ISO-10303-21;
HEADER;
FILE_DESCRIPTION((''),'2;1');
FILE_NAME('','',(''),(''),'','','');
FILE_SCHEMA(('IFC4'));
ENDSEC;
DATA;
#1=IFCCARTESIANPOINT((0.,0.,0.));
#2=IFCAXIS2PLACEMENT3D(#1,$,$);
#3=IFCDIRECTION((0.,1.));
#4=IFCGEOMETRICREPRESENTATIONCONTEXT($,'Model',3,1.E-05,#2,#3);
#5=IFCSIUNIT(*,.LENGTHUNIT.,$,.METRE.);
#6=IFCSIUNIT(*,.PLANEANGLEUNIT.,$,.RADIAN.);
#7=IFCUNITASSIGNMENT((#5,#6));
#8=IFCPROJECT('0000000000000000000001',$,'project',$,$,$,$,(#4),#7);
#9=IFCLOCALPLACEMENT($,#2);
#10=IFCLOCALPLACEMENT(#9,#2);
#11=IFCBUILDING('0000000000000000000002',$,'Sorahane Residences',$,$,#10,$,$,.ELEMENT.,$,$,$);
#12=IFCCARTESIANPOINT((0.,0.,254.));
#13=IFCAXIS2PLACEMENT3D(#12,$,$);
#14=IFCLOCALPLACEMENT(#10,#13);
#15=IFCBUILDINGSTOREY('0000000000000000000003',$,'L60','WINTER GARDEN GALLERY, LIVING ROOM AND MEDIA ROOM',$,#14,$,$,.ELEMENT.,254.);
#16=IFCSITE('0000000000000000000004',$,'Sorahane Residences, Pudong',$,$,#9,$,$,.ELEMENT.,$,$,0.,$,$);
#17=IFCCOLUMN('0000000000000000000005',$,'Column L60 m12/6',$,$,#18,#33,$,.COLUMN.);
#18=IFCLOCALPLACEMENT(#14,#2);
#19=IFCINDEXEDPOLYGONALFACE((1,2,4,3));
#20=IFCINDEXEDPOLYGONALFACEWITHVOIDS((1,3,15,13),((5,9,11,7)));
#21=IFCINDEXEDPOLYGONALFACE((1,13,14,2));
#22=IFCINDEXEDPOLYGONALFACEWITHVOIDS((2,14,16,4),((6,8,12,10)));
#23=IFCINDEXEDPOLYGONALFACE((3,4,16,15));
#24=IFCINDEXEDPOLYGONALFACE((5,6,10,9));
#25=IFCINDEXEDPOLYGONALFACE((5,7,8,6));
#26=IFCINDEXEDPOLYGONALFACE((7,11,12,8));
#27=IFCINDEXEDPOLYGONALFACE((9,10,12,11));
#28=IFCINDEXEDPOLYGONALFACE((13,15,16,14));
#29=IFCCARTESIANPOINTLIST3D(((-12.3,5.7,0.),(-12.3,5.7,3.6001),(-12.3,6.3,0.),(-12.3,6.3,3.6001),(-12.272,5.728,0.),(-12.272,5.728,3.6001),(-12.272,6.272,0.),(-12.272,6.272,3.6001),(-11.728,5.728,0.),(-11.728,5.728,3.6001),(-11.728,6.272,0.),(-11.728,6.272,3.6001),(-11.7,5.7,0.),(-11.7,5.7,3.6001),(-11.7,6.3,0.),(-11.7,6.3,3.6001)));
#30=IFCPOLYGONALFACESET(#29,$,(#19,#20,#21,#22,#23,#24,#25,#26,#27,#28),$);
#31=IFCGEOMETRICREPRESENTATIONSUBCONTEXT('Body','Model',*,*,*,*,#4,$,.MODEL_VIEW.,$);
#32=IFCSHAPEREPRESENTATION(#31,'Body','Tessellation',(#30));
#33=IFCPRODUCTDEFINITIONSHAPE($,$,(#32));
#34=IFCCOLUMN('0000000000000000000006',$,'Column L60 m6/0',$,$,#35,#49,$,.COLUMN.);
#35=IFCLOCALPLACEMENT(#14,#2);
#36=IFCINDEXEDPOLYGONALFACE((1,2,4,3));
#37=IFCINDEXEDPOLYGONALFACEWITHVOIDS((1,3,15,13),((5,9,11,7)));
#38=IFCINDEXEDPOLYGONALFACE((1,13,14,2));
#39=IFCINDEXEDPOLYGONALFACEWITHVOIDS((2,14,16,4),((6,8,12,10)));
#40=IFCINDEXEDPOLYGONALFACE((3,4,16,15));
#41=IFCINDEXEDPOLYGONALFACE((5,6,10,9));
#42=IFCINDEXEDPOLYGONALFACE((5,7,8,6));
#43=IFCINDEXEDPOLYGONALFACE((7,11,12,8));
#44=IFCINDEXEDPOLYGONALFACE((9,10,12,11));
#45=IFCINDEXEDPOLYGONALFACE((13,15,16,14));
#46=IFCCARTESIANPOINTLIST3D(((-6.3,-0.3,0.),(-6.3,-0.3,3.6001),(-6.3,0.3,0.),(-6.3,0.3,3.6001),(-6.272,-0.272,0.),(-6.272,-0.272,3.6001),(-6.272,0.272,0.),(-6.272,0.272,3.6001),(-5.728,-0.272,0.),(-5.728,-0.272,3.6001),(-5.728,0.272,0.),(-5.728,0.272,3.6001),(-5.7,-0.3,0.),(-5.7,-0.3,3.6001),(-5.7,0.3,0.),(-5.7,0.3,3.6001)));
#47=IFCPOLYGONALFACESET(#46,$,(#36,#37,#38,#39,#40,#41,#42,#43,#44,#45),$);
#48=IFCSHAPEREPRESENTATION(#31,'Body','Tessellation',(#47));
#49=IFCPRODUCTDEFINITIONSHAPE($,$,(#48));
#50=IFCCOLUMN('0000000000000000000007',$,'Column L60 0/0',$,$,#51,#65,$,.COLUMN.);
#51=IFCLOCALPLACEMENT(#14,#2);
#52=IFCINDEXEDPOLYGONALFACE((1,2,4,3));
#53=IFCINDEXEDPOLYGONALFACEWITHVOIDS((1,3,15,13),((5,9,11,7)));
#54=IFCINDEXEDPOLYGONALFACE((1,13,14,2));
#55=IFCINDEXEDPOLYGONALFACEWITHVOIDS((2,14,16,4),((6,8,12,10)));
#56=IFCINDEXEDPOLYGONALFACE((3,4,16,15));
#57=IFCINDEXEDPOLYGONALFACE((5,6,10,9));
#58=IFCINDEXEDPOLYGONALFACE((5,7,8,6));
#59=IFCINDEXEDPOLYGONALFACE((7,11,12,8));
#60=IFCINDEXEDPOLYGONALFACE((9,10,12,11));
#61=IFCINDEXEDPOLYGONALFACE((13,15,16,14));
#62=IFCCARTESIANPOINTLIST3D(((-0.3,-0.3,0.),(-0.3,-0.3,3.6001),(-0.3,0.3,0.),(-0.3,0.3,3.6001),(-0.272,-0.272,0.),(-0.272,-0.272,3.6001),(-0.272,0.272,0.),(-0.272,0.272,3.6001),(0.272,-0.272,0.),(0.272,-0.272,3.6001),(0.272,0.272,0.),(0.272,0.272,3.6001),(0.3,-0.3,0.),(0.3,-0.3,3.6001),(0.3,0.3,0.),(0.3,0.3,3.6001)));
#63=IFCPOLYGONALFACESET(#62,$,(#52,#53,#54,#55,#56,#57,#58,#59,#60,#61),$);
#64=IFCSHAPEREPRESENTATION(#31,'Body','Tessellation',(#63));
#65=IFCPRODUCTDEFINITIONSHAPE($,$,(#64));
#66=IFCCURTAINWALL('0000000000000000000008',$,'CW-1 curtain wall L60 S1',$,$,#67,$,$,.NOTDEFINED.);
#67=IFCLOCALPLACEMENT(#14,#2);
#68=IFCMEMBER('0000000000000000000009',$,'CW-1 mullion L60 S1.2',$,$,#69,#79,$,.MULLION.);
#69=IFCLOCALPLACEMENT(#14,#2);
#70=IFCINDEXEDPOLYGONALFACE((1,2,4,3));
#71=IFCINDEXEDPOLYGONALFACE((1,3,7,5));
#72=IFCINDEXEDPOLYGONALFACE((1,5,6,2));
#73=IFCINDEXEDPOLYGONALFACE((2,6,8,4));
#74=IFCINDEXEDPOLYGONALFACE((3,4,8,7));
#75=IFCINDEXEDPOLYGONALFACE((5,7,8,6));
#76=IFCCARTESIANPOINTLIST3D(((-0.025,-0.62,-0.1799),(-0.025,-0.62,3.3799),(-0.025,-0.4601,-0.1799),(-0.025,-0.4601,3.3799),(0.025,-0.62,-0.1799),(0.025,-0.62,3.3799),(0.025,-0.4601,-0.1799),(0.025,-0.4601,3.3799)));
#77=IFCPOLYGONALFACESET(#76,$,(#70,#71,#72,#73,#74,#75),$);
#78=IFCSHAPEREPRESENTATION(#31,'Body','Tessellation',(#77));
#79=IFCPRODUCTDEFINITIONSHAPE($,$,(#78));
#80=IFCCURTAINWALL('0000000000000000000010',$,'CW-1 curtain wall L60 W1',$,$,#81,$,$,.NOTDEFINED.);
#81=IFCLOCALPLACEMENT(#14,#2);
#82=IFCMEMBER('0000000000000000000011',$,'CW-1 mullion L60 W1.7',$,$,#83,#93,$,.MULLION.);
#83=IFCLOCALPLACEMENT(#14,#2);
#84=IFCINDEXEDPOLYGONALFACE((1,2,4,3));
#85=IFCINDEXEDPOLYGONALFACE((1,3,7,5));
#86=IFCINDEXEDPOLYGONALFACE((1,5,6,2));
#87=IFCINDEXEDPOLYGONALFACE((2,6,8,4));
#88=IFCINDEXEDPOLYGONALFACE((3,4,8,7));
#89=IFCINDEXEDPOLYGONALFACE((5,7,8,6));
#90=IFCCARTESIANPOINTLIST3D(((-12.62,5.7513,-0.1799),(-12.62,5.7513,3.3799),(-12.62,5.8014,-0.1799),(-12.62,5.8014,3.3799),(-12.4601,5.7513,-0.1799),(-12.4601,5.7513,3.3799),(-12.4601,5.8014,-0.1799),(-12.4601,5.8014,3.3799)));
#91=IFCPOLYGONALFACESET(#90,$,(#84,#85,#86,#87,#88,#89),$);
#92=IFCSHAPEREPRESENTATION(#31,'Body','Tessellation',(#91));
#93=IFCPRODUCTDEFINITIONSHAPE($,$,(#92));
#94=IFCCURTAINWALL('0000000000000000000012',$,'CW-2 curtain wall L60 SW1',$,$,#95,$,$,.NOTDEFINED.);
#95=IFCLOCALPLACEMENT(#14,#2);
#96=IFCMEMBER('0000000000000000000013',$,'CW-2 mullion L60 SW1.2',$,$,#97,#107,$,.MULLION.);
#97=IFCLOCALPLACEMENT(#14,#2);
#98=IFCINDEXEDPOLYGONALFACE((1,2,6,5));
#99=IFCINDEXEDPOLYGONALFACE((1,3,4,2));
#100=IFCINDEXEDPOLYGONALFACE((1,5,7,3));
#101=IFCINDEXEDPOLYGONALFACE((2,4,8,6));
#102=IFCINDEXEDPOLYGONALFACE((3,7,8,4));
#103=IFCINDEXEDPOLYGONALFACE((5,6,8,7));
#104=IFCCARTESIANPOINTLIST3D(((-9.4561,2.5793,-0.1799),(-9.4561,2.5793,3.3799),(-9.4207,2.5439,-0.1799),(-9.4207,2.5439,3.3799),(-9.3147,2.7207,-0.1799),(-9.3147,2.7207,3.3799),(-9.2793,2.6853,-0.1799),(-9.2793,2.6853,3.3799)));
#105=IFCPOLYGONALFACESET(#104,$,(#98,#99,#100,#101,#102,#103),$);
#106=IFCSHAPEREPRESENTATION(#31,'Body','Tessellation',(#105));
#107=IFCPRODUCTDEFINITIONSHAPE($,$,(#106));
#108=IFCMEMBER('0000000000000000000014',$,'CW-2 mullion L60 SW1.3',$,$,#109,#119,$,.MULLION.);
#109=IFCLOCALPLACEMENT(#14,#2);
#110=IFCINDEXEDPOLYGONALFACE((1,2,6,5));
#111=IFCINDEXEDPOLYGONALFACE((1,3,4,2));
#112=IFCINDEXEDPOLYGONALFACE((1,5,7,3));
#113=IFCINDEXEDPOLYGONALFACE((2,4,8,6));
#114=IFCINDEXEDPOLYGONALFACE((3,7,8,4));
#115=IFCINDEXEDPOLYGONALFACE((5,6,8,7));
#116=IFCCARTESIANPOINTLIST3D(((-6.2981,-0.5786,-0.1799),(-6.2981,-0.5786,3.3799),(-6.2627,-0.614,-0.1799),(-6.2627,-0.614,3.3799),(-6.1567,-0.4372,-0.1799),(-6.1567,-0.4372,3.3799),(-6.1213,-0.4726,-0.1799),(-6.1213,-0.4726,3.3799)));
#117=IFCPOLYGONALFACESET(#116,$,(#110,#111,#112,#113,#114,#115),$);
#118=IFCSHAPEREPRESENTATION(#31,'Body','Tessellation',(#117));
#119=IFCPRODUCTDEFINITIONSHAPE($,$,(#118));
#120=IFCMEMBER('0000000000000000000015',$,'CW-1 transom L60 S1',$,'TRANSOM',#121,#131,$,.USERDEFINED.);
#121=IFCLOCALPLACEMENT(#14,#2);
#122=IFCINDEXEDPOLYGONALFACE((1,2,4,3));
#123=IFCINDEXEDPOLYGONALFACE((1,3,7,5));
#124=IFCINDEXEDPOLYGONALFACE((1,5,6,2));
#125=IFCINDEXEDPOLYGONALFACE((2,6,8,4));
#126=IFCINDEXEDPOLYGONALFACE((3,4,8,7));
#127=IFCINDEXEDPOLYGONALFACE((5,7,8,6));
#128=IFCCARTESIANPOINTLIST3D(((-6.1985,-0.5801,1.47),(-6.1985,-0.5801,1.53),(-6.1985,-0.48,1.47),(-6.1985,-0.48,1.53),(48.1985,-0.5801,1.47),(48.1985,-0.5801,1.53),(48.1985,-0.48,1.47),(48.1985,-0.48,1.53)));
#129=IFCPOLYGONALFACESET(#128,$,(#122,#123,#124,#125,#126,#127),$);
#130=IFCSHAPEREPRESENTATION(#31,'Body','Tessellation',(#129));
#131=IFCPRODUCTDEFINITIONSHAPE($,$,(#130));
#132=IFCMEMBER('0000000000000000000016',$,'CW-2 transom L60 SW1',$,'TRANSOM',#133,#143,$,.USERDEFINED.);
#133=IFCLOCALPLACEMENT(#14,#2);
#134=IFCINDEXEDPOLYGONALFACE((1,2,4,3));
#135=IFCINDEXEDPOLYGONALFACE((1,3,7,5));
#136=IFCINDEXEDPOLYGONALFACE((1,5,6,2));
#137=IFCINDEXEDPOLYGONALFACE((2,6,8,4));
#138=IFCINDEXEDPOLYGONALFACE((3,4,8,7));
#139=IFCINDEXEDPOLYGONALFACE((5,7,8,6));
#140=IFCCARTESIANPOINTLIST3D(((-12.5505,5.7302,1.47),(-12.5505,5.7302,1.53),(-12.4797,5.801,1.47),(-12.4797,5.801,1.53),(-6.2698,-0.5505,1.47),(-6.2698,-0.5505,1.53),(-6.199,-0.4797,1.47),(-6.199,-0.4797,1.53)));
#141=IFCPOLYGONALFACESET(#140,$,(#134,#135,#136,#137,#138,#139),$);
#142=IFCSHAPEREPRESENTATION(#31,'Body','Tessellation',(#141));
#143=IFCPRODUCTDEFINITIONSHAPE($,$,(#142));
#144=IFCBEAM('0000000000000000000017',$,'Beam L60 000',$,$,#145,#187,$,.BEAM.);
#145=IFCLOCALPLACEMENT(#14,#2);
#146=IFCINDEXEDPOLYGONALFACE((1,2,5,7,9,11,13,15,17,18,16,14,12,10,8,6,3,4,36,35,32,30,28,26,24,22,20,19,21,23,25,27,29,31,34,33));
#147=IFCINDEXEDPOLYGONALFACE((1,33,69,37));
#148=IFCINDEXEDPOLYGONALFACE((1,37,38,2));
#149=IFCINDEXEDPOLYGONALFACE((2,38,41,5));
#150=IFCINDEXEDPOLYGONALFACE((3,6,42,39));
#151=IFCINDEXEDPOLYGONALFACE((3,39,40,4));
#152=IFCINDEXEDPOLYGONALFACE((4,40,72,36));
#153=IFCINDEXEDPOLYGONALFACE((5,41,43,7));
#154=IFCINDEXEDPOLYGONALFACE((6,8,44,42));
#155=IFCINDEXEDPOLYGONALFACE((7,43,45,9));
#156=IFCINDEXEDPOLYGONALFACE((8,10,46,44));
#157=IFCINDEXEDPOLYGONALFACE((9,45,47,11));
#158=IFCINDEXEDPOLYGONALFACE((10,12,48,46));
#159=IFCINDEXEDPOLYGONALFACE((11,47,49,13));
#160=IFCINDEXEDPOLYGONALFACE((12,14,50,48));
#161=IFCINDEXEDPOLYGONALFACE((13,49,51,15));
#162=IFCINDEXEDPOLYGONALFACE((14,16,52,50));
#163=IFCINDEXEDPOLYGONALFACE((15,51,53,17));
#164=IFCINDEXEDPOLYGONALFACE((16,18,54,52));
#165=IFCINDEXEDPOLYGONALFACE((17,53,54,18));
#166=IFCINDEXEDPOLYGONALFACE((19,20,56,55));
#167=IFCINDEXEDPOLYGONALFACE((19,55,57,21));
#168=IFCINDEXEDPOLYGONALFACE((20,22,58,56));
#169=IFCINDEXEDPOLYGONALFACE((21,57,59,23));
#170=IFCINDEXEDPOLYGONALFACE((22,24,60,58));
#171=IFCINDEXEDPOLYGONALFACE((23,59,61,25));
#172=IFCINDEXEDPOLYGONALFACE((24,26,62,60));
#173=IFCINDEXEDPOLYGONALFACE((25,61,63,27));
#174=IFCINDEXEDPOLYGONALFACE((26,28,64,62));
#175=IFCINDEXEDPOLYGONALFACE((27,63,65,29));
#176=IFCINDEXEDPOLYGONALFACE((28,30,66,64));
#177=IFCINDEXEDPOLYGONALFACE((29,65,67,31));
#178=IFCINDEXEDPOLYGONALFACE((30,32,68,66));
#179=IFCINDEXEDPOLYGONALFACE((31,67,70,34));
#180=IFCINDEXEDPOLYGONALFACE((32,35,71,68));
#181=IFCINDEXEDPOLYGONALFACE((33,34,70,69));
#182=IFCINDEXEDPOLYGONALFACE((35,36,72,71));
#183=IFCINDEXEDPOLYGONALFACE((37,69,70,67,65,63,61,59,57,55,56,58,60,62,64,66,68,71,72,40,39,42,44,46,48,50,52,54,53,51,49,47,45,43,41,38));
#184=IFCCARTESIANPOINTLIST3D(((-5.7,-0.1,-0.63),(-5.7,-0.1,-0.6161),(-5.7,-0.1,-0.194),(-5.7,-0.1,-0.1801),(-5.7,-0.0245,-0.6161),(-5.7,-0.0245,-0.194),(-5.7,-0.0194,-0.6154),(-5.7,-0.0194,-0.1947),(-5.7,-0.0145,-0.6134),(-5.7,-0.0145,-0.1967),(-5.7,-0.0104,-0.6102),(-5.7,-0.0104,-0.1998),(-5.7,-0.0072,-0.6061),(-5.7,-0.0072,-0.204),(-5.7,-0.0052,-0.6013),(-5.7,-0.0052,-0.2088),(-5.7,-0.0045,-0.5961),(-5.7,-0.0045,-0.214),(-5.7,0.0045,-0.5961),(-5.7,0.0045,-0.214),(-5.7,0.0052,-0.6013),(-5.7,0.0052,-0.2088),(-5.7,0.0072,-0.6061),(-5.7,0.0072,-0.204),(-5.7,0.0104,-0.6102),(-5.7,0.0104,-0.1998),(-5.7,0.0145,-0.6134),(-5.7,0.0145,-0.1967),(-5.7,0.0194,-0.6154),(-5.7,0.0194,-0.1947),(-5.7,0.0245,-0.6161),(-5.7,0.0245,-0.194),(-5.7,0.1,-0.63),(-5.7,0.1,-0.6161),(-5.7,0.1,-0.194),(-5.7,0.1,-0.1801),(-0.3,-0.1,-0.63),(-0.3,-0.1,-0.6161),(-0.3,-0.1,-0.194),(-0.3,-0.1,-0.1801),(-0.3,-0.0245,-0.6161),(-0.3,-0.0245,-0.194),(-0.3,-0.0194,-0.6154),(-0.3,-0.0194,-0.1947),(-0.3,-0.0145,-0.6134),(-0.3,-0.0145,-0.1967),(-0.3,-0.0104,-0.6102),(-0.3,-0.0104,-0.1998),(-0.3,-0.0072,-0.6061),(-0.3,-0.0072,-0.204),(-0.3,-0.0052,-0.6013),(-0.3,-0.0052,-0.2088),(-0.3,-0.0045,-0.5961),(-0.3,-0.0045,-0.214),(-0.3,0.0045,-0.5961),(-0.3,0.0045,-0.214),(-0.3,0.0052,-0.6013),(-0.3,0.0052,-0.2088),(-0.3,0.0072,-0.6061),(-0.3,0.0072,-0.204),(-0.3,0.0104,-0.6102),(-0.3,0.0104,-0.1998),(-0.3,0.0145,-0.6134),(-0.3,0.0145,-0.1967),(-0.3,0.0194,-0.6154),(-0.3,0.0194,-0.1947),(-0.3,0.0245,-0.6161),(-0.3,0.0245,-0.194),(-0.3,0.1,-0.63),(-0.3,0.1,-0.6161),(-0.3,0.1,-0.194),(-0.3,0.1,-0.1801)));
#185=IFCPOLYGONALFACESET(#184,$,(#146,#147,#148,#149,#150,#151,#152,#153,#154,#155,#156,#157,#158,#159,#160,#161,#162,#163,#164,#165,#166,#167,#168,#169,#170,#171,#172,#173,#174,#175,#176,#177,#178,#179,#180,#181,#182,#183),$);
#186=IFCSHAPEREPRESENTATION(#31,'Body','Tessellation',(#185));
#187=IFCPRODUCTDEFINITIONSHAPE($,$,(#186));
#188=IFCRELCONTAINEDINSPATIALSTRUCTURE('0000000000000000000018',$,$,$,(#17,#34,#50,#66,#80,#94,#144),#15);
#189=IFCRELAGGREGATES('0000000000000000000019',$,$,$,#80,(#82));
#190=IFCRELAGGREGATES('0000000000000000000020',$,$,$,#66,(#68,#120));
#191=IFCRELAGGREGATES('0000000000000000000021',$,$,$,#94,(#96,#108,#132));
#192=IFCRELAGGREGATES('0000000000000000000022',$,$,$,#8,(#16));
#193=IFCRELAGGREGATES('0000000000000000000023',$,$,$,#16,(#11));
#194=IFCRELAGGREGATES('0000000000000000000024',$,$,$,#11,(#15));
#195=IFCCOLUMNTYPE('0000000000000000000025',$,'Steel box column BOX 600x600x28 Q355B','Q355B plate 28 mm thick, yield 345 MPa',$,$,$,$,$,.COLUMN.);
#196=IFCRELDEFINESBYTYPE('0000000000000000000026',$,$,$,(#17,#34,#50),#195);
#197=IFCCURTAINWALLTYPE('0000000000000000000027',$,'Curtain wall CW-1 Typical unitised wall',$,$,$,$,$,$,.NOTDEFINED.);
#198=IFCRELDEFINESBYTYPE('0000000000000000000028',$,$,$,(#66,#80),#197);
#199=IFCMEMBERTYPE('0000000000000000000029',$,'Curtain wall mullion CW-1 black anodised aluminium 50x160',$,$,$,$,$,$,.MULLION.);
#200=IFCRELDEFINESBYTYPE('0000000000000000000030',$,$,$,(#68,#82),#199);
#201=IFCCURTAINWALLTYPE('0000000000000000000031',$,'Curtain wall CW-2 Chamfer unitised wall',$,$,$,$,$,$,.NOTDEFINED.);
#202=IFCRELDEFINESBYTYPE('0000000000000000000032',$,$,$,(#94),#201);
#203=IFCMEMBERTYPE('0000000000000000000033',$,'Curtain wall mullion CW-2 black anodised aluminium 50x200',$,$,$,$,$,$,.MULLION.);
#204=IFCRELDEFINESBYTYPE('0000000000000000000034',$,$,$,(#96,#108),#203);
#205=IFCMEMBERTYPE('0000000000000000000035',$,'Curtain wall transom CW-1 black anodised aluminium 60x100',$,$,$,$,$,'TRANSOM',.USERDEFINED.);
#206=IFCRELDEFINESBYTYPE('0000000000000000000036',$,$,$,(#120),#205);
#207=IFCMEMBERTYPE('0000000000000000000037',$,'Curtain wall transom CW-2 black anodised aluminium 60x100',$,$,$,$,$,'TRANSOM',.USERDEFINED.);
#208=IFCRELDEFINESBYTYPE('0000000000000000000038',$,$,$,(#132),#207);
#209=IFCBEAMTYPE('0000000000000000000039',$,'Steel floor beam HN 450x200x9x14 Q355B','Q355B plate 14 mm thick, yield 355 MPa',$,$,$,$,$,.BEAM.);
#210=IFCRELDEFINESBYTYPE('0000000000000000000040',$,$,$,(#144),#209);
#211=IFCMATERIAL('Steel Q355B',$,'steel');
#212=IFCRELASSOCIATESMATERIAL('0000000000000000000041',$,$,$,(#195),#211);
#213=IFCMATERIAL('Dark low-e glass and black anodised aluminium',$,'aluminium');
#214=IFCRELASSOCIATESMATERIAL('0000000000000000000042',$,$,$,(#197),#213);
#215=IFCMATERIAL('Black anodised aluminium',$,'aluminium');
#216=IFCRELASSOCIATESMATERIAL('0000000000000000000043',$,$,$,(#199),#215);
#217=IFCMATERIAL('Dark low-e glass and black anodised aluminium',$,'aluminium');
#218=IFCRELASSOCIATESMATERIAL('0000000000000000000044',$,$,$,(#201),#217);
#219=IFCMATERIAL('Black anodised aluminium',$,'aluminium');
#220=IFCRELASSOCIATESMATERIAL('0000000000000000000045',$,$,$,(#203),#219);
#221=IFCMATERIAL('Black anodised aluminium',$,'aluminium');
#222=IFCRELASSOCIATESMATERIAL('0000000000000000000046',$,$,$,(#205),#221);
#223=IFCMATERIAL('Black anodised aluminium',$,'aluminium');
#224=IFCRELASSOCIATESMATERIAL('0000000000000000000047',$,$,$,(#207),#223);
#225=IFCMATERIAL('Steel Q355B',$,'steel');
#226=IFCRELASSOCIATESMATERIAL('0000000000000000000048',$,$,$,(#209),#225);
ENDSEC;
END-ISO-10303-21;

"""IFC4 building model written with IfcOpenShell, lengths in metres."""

from ifc_helpers import new_model, si_unit, direction, frame, origin, origin_2d, place, context, subcontext, project, spatial, rectangle, hollow_rectangle, i_section, extrude, material, material_profile, profile_set, type_object, element, aggregate, save


model = new_model("IFC4")

# Units and contexts
model_context = context("Model", 3, precision=1e-05, world=origin(), true_north=direction((0.0, 1.0)))
body_context = subcontext(model_context, "Body", "Model", "MODEL_VIEW")
ifc_project = project(units=[si_unit("LENGTHUNIT", "METRE"), si_unit("PLANEANGLEUNIT", "RADIAN")], contexts=[model_context])

# Site, building, storey
site_placement = place(None, origin())
site = spatial("IfcSite", under=ifc_project, at=site_placement, Name="Sorahane Residences, Pudong", CompositionType="ELEMENT", RefElevation=0.0)
building_placement = place(site_placement, origin())
building = spatial("IfcBuilding", under=site, at=building_placement, Name="Sorahane Residences", CompositionType="ELEMENT")
storey_placement = place(building_placement, frame((0.0, 0.0, 254.0)))
storey = spatial("IfcBuildingStorey", under=building, at=storey_placement, Name="L60", Description="WINTER GARDEN GALLERY, LIVING ROOM AND MEDIA ROOM", CompositionType="ELEMENT", Elevation=254.0)

# Columns
ifc_material_1 = material(Name="Steel Q355B", Category="steel")
ifc_material_profile_1 = material_profile(ifc_material_1, hollow_rectangle(XDim=0.6001, YDim=0.6001, WallThickness=0.0281, at=origin_2d()), Name="BOX 600x600x28")
ifc_profile_set_1 = profile_set([ifc_material_profile_1], Name="Steel Q355B")
column_type = type_object("IfcColumnType", Name="Steel box column BOX 600x600x28 Q355B", Description="Q355B plate 28 mm thick, yield 345 MPa", PredefinedType="COLUMN", material=ifc_profile_set_1)
for number, where, z_axis, x_axis, name in (
    (1, (-12.0, 6.0, 0.0), (0.0, 0.0, 1.0), (1.0, 0.0, 0.0), "Column L60 m12/6"),
    (2, (-6.0, 0.0, 0.0), (0.0, 0.0, 1.0), (1.0, 0.0, 0.0), "Column L60 m6/0"),
    (3, (0.0, 0.0, 0.0), (0.0, 0.0, 1.0), (1.0, 0.0, 0.0), "Column L60 0/0"),
):
    element("IfcColumn", number, at=place(storey_placement, frame(where, z_axis=z_axis, x_axis=x_axis)), inside=storey, type_object=column_type, Name=name, PredefinedType="COLUMN", context=body_context, shape_type="SweptSolid", body=[
        extrude(hollow_rectangle(XDim=0.6001, YDim=0.6001, WallThickness=0.0281, at=origin_2d()), origin(), (0.0, 0.0, 1.0), 3.6001),
    ])

# Curtain walls, members
ifc_material_2 = material(Name="Dark low-e glass and black anodised aluminium", Category="aluminium")
curtain_wall_type_1 = type_object("IfcCurtainWallType", Name="Curtain wall CW-1 Typical unitised wall", PredefinedType="NOTDEFINED", material=ifc_material_2)
curtain_wall_1_placement = place(storey_placement, origin())
curtain_wall_1 = element("IfcCurtainWall", 4, at=curtain_wall_1_placement, inside=storey, type_object=curtain_wall_type_1, Name="CW-1 curtain wall L60 S1", PredefinedType="NOTDEFINED")
ifc_material_3 = material(Name="Black anodised aluminium", Category="aluminium")
ifc_material_profile_2 = material_profile(ifc_material_3, rectangle(XDim=0.1599, YDim=0.05, at=origin_2d()), Name="Curtain wall mullion CW-1 black anodised aluminium 50x160")
ifc_profile_set_2 = profile_set([ifc_material_profile_2], Name="Black anodised aluminium")
member_type_1 = type_object("IfcMemberType", Name="Curtain wall mullion CW-1 black anodised aluminium 50x160", PredefinedType="MULLION", material=ifc_profile_set_2)
member_1_placement = place(storey_placement, frame((0.0, -0.54, -0.1799), z_axis=(0.0, 0.0, 1.0), x_axis=(0.0, -1.0, 0.0)))
member_1 = element("IfcMember", 5, at=member_1_placement, type_object=member_type_1, Name="CW-1 mullion L60 S1.2", PredefinedType="MULLION", context=body_context, shape_type="SweptSolid", body=[
    extrude(rectangle(XDim=0.1599, YDim=0.05, at=origin_2d()), origin(), (0.0, 0.0, 1.0), 3.5598),
])
curtain_wall_2_placement = place(storey_placement, origin())
curtain_wall_2 = element("IfcCurtainWall", 6, at=curtain_wall_2_placement, inside=storey, type_object=curtain_wall_type_1, Name="CW-1 curtain wall L60 W1", PredefinedType="NOTDEFINED")
member_2_placement = place(storey_placement, frame((-12.54, 5.7764, -0.1799), z_axis=(0.0, 0.0, 1.0), x_axis=(-1.0, 0.0, 0.0)))
member_2 = element("IfcMember", 7, at=member_2_placement, type_object=member_type_1, Name="CW-1 mullion L60 W1.7", PredefinedType="MULLION", context=body_context, shape_type="SweptSolid", body=[
    extrude(rectangle(XDim=0.1599, YDim=0.05, at=origin_2d()), origin(), (0.0, 0.0, 1.0), 3.5598),
])
aggregate(curtain_wall_2, [member_2])

# Curtain wall, members
ifc_material_4 = material(Name="Dark low-e glass and black anodised aluminium", Category="aluminium")
curtain_wall_type_2 = type_object("IfcCurtainWallType", Name="Curtain wall CW-2 Chamfer unitised wall", PredefinedType="NOTDEFINED", material=ifc_material_4)
curtain_wall_3_placement = place(storey_placement, origin())
curtain_wall_3 = element("IfcCurtainWall", 8, at=curtain_wall_3_placement, inside=storey, type_object=curtain_wall_type_2, Name="CW-2 curtain wall L60 SW1", PredefinedType="NOTDEFINED")
ifc_material_5 = material(Name="Black anodised aluminium", Category="aluminium")
ifc_material_profile_3 = material_profile(ifc_material_5, rectangle(XDim=0.2, YDim=0.05, at=origin_2d()), Name="Curtain wall mullion CW-2 black anodised aluminium 50x200")
ifc_profile_set_3 = profile_set([ifc_material_profile_3], Name="Black anodised aluminium")
member_type_2 = type_object("IfcMemberType", Name="Curtain wall mullion CW-2 black anodised aluminium 50x200", PredefinedType="MULLION", material=ifc_profile_set_3)
member_3_placement = place(storey_placement, frame((-9.3677, 2.6323, -0.1799), z_axis=(0.0, 0.0, 1.0), x_axis=(-0.707107, -0.707107, 0.0)))
member_3 = element("IfcMember", 9, at=member_3_placement, type_object=member_type_2, Name="CW-2 mullion L60 SW1.2", PredefinedType="MULLION", context=body_context, shape_type="SweptSolid", body=[
    extrude(rectangle(XDim=0.2, YDim=0.05, at=origin_2d()), origin(), (0.0, 0.0, 1.0), 3.5598),
])
member_4_placement = place(storey_placement, frame((-6.2097, -0.5256, -0.1799), z_axis=(0.0, 0.0, 1.0), x_axis=(-0.707107, -0.707107, 0.0)))
member_4 = element("IfcMember", 10, at=member_4_placement, type_object=member_type_2, Name="CW-2 mullion L60 SW1.3", PredefinedType="MULLION", context=body_context, shape_type="SweptSolid", body=[
    extrude(rectangle(XDim=0.2, YDim=0.05, at=origin_2d()), origin(), (0.0, 0.0, 1.0), 3.5598),
])

# Members
ifc_material_6 = material(Name="Black anodised aluminium", Category="aluminium")
ifc_material_profile_4 = material_profile(ifc_material_6, rectangle(XDim=0.1001, YDim=0.0601, at=origin_2d()), Name="Curtain wall transom CW-1 black anodised aluminium 60x100")
ifc_profile_set_4 = profile_set([ifc_material_profile_4], Name="Black anodised aluminium")
member_type_3 = type_object("IfcMemberType", Name="Curtain wall transom CW-1 black anodised aluminium 60x100", ElementType="TRANSOM", PredefinedType="USERDEFINED", material=ifc_profile_set_4)
member_5_placement = place(storey_placement, frame((-6.1985, -0.53, 1.5), z_axis=(1.0, 0.0, 0.0), x_axis=(0.0, 1.0, 0.0)))
member_5 = element("IfcMember", 11, at=member_5_placement, type_object=member_type_3, Name="CW-1 transom L60 S1", ObjectType="TRANSOM", PredefinedType="USERDEFINED", context=body_context, shape_type="SweptSolid", body=[
    extrude(rectangle(XDim=0.1001, YDim=0.0601, at=origin_2d()), origin(), (0.0, 0.0, 1.0), 54.397),
])
ifc_material_7 = material(Name="Black anodised aluminium", Category="aluminium")
ifc_material_profile_5 = material_profile(ifc_material_7, rectangle(XDim=0.1001, YDim=0.0601, at=origin_2d()), Name="Curtain wall transom CW-2 black anodised aluminium 60x100")
ifc_profile_set_5 = profile_set([ifc_material_profile_5], Name="Black anodised aluminium")
member_type_4 = type_object("IfcMemberType", Name="Curtain wall transom CW-2 black anodised aluminium 60x100", ElementType="TRANSOM", PredefinedType="USERDEFINED", material=ifc_profile_set_5)
member_6_placement = place(storey_placement, frame((-12.5151, 5.7656, 1.5), z_axis=(0.707107, -0.707107, 0.0), x_axis=(0.707107, 0.707107, 0.0)))
member_6 = element("IfcMember", 12, at=member_6_placement, type_object=member_type_4, Name="CW-2 transom L60 SW1", ObjectType="TRANSOM", PredefinedType="USERDEFINED", context=body_context, shape_type="SweptSolid", body=[
    extrude(rectangle(XDim=0.1001, YDim=0.0601, at=origin_2d()), origin(), (0.0, 0.0, 1.0), 8.8823),
])

# Beam
ifc_material_8 = material(Name="Steel Q355B", Category="steel")
ifc_material_profile_6 = material_profile(ifc_material_8, i_section(OverallWidth=0.2, OverallDepth=0.45, WebThickness=0.009, FlangeThickness=0.0139, FilletRadius=0.02, at=origin_2d()), Name="HN 450x200x9x14")
ifc_profile_set_6 = profile_set([ifc_material_profile_6], Name="Steel Q355B")
beam_type_1 = type_object("IfcBeamType", Name="Steel floor beam HN 450x200x9x14 Q355B", Description="Q355B plate 14 mm thick, yield 355 MPa", PredefinedType="BEAM", material=ifc_profile_set_6)
for number, where, z_axis, x_axis, name in (
    (13, (-5.7, 0.0, -0.405), (1.0, 0.0, 0.0), (0.0, 1.0, 0.0), "Beam L60 000"),
):
    element("IfcBeam", number, at=place(storey_placement, frame(where, z_axis=z_axis, x_axis=x_axis)), inside=storey, type_object=beam_type_1, Name=name, PredefinedType="BEAM", context=body_context, shape_type="SweptSolid", body=[
        extrude(i_section(OverallWidth=0.2, OverallDepth=0.45, WebThickness=0.009, FlangeThickness=0.0139, FilletRadius=0.02, at=origin_2d()), origin(), (0.0, 0.0, 1.0), 5.3999),
    ])

aggregate(curtain_wall_1, [member_1, member_5])
aggregate(curtain_wall_3, [member_3, member_4, member_6])

save(model, "model.ifc")
